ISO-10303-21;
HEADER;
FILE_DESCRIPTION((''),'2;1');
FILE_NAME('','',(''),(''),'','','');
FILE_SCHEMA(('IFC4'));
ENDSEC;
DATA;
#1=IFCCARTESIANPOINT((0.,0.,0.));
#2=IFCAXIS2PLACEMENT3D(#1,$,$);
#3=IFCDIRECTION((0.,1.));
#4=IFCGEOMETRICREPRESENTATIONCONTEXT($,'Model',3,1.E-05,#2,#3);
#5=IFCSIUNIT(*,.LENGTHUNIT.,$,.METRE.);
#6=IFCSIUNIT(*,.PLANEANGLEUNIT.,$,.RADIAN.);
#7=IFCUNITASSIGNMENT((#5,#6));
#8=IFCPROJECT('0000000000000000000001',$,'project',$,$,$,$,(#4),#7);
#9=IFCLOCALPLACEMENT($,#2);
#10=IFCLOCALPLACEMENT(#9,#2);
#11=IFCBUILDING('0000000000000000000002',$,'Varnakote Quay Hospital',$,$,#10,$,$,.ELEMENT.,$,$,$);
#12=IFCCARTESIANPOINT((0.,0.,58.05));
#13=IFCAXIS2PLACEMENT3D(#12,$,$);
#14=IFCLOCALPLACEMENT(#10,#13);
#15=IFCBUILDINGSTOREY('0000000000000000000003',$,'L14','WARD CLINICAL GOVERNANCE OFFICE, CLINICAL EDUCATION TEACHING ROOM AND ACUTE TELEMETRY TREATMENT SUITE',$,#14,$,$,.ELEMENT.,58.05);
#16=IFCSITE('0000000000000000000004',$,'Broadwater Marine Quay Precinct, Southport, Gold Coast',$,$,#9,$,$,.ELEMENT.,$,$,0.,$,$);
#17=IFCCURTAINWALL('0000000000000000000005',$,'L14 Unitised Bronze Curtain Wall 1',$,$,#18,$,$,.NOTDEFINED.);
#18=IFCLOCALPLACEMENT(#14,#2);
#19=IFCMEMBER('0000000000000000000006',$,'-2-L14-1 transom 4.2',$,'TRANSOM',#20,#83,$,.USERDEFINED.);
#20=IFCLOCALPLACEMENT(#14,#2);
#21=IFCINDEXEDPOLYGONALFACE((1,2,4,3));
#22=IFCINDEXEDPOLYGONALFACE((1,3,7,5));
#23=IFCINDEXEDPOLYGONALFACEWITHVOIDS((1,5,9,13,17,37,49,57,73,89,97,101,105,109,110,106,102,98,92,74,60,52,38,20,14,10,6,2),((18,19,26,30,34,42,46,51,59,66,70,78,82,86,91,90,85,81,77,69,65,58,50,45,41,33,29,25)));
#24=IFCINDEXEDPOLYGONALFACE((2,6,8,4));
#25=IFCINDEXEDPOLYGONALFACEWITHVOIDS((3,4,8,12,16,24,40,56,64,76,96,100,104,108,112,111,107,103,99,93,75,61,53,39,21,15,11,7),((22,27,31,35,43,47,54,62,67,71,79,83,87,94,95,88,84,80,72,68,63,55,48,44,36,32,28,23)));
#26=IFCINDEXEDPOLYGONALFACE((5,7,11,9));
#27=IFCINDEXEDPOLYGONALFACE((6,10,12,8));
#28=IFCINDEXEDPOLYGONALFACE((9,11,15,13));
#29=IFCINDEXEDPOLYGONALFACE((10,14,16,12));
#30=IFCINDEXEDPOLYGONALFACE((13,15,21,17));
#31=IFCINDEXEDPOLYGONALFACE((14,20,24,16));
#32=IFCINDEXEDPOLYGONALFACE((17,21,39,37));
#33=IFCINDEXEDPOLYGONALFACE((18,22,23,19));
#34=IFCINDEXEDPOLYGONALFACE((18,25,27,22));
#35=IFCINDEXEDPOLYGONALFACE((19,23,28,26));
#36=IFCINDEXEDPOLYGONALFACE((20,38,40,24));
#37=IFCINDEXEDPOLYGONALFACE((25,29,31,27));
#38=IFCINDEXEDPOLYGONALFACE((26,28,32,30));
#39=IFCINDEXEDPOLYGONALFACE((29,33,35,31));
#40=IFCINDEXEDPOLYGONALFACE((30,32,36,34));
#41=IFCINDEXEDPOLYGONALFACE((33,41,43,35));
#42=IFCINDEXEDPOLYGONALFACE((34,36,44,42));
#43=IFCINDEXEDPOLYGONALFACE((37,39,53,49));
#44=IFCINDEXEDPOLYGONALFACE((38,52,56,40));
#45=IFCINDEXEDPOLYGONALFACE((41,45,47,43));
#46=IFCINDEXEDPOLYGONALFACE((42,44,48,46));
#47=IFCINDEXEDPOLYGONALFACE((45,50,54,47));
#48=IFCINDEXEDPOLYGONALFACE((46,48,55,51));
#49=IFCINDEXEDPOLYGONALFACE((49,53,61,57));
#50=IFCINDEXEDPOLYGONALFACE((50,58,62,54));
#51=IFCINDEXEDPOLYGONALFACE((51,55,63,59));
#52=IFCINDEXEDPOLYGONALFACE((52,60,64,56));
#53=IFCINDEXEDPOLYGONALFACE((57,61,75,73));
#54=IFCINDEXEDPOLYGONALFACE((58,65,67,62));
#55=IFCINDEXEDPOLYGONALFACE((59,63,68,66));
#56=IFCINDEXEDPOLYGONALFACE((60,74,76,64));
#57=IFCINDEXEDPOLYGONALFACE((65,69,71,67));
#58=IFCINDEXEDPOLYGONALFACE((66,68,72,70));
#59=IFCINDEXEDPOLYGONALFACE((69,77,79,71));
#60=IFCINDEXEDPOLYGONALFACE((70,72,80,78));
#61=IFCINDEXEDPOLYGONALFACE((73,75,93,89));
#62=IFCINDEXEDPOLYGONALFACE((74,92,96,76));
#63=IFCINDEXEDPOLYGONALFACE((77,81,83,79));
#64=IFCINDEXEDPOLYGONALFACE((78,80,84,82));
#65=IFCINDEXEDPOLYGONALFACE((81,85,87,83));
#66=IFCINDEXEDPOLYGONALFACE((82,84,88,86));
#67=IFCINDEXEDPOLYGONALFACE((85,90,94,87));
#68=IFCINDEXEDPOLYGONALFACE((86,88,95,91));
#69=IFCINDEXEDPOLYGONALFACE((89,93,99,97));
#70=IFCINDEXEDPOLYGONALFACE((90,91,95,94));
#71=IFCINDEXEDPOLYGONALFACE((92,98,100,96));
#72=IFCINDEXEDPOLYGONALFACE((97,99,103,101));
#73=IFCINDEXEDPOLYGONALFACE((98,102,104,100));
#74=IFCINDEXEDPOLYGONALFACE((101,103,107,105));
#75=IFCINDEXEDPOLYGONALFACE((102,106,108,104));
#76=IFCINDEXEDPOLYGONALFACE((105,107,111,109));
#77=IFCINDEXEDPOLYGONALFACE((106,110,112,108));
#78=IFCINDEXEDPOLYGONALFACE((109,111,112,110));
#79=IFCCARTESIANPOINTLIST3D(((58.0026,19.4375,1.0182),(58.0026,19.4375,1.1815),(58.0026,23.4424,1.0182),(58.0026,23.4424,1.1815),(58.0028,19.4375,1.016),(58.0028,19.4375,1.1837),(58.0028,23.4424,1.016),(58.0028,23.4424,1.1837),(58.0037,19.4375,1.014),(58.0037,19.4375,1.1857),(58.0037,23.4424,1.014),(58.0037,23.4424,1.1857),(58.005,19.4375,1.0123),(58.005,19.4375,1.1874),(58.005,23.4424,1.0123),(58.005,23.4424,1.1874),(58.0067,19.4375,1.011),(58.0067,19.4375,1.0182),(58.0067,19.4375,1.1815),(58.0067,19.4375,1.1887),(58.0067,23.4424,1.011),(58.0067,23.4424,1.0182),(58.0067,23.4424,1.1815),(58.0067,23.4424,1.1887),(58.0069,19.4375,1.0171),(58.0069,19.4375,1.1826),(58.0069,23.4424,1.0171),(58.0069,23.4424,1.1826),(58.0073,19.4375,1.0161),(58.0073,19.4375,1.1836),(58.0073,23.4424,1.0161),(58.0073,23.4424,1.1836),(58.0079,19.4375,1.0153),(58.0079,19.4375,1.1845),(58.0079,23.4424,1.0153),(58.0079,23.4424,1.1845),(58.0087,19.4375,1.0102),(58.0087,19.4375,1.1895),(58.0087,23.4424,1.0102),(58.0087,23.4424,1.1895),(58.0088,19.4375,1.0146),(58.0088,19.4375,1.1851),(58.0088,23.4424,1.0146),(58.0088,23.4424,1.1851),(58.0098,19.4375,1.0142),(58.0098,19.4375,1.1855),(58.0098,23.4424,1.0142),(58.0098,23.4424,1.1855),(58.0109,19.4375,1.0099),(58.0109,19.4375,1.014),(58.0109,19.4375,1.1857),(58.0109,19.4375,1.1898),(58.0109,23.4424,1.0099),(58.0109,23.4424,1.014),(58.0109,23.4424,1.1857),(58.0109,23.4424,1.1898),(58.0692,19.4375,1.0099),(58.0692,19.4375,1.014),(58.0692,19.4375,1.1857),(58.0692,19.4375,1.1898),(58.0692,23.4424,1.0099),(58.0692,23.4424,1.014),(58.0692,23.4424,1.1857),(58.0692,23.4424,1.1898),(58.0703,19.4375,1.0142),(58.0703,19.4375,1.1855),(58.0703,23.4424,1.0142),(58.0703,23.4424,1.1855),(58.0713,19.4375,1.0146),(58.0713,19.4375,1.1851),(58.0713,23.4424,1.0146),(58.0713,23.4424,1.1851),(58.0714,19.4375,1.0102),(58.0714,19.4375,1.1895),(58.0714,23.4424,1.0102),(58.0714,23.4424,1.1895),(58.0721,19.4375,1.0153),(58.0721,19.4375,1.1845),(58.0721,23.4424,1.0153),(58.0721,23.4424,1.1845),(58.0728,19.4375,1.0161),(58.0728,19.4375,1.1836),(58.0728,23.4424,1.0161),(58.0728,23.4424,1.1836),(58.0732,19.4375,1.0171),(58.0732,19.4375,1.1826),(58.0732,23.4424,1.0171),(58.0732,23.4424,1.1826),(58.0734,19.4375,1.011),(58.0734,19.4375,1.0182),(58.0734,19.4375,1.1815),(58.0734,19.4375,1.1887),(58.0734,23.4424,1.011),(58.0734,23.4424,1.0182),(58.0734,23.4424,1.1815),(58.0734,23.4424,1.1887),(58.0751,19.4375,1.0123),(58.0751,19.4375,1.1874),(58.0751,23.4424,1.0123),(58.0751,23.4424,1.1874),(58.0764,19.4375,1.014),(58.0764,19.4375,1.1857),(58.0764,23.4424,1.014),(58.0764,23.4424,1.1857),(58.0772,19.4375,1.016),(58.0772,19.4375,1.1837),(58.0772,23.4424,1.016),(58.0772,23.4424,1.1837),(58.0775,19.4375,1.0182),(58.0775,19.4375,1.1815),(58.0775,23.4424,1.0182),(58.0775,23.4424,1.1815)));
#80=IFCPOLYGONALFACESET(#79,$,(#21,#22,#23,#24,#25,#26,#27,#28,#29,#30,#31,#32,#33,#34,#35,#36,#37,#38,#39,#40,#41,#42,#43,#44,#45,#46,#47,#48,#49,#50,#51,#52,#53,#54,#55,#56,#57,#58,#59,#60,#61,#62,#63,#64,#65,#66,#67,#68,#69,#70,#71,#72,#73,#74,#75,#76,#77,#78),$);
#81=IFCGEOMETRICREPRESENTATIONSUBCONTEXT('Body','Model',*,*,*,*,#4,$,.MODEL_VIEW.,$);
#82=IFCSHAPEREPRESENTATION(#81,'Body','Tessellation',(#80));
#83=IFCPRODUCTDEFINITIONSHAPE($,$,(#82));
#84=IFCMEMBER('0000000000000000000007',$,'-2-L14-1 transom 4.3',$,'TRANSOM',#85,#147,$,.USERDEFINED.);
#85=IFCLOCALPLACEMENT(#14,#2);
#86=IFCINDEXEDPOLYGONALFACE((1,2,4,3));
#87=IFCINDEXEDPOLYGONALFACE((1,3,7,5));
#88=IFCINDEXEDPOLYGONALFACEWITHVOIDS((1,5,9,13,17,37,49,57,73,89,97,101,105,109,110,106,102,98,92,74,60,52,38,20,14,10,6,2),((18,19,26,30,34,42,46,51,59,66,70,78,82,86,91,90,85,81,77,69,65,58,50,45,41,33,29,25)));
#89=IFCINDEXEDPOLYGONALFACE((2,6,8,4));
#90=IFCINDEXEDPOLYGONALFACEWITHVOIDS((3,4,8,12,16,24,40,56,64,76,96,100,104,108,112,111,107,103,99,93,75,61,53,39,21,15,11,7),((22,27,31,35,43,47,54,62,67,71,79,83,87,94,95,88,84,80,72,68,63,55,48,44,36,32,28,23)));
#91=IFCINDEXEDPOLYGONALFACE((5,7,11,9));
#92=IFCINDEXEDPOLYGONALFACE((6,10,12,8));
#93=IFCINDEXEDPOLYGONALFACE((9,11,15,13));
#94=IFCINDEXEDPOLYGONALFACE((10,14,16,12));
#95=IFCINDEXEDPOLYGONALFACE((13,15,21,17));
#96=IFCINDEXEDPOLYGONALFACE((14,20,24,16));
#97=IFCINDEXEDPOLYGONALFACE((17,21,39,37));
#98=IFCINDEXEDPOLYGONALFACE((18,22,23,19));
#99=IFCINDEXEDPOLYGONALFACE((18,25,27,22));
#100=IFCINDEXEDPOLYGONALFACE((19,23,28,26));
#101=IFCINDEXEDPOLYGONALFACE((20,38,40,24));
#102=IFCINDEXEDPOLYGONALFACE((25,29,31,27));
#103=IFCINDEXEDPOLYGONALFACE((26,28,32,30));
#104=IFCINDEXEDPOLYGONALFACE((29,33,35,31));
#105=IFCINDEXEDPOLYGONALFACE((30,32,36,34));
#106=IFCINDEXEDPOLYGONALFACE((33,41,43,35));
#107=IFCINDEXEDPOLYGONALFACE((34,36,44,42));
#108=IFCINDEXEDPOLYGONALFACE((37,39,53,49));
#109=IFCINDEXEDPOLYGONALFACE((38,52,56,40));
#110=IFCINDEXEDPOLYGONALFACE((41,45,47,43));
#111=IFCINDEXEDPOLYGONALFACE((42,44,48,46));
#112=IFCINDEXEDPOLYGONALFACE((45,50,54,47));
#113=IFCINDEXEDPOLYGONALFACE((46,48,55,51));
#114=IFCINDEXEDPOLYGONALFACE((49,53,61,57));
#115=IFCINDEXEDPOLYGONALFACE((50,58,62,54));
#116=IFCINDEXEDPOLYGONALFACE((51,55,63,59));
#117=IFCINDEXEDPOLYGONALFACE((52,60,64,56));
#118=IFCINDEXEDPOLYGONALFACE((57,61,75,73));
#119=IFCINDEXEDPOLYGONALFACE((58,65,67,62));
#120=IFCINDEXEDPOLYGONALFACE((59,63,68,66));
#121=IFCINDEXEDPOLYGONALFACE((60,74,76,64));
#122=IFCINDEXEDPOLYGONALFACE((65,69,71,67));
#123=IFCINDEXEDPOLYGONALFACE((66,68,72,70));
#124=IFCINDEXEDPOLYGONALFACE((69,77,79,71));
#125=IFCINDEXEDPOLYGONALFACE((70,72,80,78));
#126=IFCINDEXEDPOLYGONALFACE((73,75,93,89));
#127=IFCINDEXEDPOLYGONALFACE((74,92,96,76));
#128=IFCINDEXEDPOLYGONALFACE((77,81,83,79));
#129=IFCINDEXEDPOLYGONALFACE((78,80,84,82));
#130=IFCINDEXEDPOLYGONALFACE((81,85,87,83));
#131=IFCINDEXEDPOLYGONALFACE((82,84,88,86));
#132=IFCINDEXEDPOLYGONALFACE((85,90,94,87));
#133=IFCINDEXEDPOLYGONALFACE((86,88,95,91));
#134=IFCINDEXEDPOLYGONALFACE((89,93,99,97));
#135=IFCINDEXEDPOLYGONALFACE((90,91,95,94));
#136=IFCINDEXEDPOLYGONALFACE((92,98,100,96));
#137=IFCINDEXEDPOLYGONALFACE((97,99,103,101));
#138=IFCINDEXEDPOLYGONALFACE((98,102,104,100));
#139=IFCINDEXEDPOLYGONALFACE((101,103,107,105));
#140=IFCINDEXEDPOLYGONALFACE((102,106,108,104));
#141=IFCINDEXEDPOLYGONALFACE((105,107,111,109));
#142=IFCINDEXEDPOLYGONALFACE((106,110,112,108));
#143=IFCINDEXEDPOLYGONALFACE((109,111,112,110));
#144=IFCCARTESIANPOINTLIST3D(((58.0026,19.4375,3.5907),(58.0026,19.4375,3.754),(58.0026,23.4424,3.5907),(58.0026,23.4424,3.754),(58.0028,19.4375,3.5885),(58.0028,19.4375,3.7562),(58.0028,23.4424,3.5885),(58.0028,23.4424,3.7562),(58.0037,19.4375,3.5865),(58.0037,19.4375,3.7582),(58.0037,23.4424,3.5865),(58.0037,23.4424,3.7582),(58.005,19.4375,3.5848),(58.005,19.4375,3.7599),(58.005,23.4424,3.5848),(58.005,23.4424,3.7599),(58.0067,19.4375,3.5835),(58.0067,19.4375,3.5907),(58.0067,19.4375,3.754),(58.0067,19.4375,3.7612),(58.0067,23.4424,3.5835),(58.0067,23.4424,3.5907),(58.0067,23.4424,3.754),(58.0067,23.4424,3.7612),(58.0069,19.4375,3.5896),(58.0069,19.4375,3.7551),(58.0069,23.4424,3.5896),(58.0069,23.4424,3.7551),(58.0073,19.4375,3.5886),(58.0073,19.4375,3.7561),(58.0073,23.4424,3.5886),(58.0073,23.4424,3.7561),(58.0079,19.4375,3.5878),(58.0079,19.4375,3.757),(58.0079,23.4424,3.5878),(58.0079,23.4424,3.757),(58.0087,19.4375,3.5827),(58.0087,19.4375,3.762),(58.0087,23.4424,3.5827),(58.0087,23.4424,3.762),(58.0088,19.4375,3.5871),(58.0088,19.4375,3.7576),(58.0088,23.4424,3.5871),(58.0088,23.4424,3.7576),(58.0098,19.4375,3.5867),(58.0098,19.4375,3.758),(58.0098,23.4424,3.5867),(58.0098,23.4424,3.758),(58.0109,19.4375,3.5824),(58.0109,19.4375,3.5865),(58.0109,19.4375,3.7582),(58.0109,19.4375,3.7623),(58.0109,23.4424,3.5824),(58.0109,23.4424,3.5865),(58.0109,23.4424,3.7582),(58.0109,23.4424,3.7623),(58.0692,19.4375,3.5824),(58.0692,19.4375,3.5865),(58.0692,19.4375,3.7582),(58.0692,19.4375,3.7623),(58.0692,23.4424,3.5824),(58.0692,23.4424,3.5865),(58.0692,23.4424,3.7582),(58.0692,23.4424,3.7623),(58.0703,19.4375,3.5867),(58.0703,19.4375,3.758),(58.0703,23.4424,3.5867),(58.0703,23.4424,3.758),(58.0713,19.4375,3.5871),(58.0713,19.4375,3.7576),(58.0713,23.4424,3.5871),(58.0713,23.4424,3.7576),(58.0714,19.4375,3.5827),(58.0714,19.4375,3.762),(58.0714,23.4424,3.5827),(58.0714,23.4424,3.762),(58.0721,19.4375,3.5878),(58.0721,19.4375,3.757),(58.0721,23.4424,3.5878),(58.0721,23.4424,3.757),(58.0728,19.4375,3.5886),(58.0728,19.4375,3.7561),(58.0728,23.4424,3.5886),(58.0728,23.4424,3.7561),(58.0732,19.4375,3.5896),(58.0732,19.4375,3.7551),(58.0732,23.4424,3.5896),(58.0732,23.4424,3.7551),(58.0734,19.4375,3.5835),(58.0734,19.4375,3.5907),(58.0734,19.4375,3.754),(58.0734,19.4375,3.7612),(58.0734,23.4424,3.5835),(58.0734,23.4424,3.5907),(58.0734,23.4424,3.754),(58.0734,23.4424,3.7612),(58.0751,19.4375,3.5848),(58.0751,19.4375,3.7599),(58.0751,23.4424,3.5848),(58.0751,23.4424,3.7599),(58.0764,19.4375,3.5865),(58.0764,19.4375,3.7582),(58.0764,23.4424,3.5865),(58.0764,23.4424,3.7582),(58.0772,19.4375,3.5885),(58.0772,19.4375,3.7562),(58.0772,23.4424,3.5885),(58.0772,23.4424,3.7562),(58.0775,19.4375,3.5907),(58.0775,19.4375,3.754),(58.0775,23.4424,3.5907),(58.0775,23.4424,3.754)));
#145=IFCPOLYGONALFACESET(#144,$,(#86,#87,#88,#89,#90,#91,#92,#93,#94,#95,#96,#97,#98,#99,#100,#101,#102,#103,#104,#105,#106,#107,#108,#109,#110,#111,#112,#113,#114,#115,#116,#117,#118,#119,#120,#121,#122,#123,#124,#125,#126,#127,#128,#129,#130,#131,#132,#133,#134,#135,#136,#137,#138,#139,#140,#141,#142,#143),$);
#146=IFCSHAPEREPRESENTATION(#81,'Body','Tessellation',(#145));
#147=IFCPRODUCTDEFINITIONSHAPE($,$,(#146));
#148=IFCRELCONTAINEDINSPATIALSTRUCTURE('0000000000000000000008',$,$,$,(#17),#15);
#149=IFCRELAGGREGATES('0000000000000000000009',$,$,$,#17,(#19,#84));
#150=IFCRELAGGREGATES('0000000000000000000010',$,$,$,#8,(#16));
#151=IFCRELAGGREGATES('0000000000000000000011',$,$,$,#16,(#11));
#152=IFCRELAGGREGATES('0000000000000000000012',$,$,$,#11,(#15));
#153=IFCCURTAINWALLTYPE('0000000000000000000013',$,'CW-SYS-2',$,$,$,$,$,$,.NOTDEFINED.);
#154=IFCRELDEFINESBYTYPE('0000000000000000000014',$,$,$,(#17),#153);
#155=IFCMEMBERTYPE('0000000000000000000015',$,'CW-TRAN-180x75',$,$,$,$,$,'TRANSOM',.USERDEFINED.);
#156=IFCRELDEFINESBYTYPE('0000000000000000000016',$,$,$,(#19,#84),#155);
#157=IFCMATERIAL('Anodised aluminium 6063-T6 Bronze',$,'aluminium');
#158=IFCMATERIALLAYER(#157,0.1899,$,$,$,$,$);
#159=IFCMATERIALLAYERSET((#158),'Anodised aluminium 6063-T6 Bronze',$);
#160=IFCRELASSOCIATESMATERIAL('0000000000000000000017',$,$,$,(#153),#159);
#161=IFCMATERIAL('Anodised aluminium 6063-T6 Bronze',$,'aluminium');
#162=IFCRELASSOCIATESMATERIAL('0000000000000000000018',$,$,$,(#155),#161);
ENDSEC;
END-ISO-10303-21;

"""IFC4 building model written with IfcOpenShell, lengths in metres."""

from ifc_helpers import new_model, si_unit, direction, frame, origin, origin_2d, place, context, subcontext, project, spatial, hollow_rectangle, extrude, material, layer, layer_set, material_profile, profile_set, type_object, element, aggregate, save


model = new_model("IFC4")

# Units and contexts
model_context = context("Model", 3, precision=1e-05, world=origin(), true_north=direction((0.0, 1.0)))
body_context = subcontext(model_context, "Body", "Model", "MODEL_VIEW")
ifc_project = project(units=[si_unit("LENGTHUNIT", "METRE"), si_unit("PLANEANGLEUNIT", "RADIAN")], contexts=[model_context])

# Site, building, storey
site_placement = place(None, origin())
site = spatial("IfcSite", under=ifc_project, at=site_placement, Name="Broadwater Marine Quay Precinct, Southport, Gold Coast", CompositionType="ELEMENT", RefElevation=0.0)
building_placement = place(site_placement, origin())
building = spatial("IfcBuilding", under=site, at=building_placement, Name="Varnakote Quay Hospital", CompositionType="ELEMENT")
storey_placement = place(building_placement, frame((0.0, 0.0, 58.05)))
storey = spatial("IfcBuildingStorey", under=building, at=storey_placement, Name="L14", Description="WARD CLINICAL GOVERNANCE OFFICE, CLINICAL EDUCATION TEACHING ROOM AND ACUTE TELEMETRY TREATMENT SUITE", CompositionType="ELEMENT", Elevation=58.05)

# Curtain wall, members
ifc_material_1 = material(Name="Anodised aluminium 6063-T6 Bronze", Category="aluminium")
ifc_layer_1 = layer(ifc_material_1, 0.1899)
ifc_layer_set_1 = layer_set([ifc_layer_1], Name="Anodised aluminium 6063-T6 Bronze")
curtain_wall_type = type_object("IfcCurtainWallType", Name="CW-SYS-2", PredefinedType="NOTDEFINED", material=ifc_layer_set_1)
curtain_wall_placement = place(storey_placement, origin())
curtain_wall = element("IfcCurtainWall", 1, at=curtain_wall_placement, inside=storey, type_object=curtain_wall_type, Name="L14 Unitised Bronze Curtain Wall 1", PredefinedType="NOTDEFINED")
ifc_material_2 = material(Name="Anodised aluminium 6063-T6 Bronze", Category="aluminium")
ifc_material_profile_1 = material_profile(ifc_material_2, hollow_rectangle(XDim=0.075, YDim=0.1799, WallThickness=0.0042, InnerFilletRadius=0.0042, OuterFilletRadius=0.0083, at=origin_2d()), Name="CW-TRAN-180x75")
ifc_profile_set_1 = profile_set([ifc_material_profile_1], Name="Anodised aluminium 6063-T6 Bronze")
member_type_1 = type_object("IfcMemberType", Name="CW-TRAN-180x75", ElementType="TRANSOM", PredefinedType="USERDEFINED", material=ifc_profile_set_1)
member_1_placement = place(storey_placement, frame((58.04, 19.4375, 1.0999), z_axis=(0.0, 1.0, 0.0), x_axis=(-1.0, 0.0, 0.0)))
member_1 = element("IfcMember", 2, at=member_1_placement, type_object=member_type_1, Name="-2-L14-1 transom 4.2", ObjectType="TRANSOM", PredefinedType="USERDEFINED", context=body_context, shape_type="SweptSolid", body=[
    extrude(hollow_rectangle(XDim=0.075, YDim=0.1799, WallThickness=0.0042, InnerFilletRadius=0.0042, OuterFilletRadius=0.0083, at=origin_2d()), origin(), (0.0, 0.0, 1.0), 4.0049),
])
member_2_placement = place(storey_placement, frame((58.04, 19.4375, 3.6724), z_axis=(0.0, 1.0, 0.0), x_axis=(-1.0, 0.0, 0.0)))
member_2 = element("IfcMember", 3, at=member_2_placement, type_object=member_type_1, Name="-2-L14-1 transom 4.3", ObjectType="TRANSOM", PredefinedType="USERDEFINED", context=body_context, shape_type="SweptSolid", body=[
    extrude(hollow_rectangle(XDim=0.075, YDim=0.1799, WallThickness=0.0042, InnerFilletRadius=0.0042, OuterFilletRadius=0.0083, at=origin_2d()), origin(), (0.0, 0.0, 1.0), 4.0049),
])
aggregate(curtain_wall, [member_1, member_2])

save(model, "model.ifc")
